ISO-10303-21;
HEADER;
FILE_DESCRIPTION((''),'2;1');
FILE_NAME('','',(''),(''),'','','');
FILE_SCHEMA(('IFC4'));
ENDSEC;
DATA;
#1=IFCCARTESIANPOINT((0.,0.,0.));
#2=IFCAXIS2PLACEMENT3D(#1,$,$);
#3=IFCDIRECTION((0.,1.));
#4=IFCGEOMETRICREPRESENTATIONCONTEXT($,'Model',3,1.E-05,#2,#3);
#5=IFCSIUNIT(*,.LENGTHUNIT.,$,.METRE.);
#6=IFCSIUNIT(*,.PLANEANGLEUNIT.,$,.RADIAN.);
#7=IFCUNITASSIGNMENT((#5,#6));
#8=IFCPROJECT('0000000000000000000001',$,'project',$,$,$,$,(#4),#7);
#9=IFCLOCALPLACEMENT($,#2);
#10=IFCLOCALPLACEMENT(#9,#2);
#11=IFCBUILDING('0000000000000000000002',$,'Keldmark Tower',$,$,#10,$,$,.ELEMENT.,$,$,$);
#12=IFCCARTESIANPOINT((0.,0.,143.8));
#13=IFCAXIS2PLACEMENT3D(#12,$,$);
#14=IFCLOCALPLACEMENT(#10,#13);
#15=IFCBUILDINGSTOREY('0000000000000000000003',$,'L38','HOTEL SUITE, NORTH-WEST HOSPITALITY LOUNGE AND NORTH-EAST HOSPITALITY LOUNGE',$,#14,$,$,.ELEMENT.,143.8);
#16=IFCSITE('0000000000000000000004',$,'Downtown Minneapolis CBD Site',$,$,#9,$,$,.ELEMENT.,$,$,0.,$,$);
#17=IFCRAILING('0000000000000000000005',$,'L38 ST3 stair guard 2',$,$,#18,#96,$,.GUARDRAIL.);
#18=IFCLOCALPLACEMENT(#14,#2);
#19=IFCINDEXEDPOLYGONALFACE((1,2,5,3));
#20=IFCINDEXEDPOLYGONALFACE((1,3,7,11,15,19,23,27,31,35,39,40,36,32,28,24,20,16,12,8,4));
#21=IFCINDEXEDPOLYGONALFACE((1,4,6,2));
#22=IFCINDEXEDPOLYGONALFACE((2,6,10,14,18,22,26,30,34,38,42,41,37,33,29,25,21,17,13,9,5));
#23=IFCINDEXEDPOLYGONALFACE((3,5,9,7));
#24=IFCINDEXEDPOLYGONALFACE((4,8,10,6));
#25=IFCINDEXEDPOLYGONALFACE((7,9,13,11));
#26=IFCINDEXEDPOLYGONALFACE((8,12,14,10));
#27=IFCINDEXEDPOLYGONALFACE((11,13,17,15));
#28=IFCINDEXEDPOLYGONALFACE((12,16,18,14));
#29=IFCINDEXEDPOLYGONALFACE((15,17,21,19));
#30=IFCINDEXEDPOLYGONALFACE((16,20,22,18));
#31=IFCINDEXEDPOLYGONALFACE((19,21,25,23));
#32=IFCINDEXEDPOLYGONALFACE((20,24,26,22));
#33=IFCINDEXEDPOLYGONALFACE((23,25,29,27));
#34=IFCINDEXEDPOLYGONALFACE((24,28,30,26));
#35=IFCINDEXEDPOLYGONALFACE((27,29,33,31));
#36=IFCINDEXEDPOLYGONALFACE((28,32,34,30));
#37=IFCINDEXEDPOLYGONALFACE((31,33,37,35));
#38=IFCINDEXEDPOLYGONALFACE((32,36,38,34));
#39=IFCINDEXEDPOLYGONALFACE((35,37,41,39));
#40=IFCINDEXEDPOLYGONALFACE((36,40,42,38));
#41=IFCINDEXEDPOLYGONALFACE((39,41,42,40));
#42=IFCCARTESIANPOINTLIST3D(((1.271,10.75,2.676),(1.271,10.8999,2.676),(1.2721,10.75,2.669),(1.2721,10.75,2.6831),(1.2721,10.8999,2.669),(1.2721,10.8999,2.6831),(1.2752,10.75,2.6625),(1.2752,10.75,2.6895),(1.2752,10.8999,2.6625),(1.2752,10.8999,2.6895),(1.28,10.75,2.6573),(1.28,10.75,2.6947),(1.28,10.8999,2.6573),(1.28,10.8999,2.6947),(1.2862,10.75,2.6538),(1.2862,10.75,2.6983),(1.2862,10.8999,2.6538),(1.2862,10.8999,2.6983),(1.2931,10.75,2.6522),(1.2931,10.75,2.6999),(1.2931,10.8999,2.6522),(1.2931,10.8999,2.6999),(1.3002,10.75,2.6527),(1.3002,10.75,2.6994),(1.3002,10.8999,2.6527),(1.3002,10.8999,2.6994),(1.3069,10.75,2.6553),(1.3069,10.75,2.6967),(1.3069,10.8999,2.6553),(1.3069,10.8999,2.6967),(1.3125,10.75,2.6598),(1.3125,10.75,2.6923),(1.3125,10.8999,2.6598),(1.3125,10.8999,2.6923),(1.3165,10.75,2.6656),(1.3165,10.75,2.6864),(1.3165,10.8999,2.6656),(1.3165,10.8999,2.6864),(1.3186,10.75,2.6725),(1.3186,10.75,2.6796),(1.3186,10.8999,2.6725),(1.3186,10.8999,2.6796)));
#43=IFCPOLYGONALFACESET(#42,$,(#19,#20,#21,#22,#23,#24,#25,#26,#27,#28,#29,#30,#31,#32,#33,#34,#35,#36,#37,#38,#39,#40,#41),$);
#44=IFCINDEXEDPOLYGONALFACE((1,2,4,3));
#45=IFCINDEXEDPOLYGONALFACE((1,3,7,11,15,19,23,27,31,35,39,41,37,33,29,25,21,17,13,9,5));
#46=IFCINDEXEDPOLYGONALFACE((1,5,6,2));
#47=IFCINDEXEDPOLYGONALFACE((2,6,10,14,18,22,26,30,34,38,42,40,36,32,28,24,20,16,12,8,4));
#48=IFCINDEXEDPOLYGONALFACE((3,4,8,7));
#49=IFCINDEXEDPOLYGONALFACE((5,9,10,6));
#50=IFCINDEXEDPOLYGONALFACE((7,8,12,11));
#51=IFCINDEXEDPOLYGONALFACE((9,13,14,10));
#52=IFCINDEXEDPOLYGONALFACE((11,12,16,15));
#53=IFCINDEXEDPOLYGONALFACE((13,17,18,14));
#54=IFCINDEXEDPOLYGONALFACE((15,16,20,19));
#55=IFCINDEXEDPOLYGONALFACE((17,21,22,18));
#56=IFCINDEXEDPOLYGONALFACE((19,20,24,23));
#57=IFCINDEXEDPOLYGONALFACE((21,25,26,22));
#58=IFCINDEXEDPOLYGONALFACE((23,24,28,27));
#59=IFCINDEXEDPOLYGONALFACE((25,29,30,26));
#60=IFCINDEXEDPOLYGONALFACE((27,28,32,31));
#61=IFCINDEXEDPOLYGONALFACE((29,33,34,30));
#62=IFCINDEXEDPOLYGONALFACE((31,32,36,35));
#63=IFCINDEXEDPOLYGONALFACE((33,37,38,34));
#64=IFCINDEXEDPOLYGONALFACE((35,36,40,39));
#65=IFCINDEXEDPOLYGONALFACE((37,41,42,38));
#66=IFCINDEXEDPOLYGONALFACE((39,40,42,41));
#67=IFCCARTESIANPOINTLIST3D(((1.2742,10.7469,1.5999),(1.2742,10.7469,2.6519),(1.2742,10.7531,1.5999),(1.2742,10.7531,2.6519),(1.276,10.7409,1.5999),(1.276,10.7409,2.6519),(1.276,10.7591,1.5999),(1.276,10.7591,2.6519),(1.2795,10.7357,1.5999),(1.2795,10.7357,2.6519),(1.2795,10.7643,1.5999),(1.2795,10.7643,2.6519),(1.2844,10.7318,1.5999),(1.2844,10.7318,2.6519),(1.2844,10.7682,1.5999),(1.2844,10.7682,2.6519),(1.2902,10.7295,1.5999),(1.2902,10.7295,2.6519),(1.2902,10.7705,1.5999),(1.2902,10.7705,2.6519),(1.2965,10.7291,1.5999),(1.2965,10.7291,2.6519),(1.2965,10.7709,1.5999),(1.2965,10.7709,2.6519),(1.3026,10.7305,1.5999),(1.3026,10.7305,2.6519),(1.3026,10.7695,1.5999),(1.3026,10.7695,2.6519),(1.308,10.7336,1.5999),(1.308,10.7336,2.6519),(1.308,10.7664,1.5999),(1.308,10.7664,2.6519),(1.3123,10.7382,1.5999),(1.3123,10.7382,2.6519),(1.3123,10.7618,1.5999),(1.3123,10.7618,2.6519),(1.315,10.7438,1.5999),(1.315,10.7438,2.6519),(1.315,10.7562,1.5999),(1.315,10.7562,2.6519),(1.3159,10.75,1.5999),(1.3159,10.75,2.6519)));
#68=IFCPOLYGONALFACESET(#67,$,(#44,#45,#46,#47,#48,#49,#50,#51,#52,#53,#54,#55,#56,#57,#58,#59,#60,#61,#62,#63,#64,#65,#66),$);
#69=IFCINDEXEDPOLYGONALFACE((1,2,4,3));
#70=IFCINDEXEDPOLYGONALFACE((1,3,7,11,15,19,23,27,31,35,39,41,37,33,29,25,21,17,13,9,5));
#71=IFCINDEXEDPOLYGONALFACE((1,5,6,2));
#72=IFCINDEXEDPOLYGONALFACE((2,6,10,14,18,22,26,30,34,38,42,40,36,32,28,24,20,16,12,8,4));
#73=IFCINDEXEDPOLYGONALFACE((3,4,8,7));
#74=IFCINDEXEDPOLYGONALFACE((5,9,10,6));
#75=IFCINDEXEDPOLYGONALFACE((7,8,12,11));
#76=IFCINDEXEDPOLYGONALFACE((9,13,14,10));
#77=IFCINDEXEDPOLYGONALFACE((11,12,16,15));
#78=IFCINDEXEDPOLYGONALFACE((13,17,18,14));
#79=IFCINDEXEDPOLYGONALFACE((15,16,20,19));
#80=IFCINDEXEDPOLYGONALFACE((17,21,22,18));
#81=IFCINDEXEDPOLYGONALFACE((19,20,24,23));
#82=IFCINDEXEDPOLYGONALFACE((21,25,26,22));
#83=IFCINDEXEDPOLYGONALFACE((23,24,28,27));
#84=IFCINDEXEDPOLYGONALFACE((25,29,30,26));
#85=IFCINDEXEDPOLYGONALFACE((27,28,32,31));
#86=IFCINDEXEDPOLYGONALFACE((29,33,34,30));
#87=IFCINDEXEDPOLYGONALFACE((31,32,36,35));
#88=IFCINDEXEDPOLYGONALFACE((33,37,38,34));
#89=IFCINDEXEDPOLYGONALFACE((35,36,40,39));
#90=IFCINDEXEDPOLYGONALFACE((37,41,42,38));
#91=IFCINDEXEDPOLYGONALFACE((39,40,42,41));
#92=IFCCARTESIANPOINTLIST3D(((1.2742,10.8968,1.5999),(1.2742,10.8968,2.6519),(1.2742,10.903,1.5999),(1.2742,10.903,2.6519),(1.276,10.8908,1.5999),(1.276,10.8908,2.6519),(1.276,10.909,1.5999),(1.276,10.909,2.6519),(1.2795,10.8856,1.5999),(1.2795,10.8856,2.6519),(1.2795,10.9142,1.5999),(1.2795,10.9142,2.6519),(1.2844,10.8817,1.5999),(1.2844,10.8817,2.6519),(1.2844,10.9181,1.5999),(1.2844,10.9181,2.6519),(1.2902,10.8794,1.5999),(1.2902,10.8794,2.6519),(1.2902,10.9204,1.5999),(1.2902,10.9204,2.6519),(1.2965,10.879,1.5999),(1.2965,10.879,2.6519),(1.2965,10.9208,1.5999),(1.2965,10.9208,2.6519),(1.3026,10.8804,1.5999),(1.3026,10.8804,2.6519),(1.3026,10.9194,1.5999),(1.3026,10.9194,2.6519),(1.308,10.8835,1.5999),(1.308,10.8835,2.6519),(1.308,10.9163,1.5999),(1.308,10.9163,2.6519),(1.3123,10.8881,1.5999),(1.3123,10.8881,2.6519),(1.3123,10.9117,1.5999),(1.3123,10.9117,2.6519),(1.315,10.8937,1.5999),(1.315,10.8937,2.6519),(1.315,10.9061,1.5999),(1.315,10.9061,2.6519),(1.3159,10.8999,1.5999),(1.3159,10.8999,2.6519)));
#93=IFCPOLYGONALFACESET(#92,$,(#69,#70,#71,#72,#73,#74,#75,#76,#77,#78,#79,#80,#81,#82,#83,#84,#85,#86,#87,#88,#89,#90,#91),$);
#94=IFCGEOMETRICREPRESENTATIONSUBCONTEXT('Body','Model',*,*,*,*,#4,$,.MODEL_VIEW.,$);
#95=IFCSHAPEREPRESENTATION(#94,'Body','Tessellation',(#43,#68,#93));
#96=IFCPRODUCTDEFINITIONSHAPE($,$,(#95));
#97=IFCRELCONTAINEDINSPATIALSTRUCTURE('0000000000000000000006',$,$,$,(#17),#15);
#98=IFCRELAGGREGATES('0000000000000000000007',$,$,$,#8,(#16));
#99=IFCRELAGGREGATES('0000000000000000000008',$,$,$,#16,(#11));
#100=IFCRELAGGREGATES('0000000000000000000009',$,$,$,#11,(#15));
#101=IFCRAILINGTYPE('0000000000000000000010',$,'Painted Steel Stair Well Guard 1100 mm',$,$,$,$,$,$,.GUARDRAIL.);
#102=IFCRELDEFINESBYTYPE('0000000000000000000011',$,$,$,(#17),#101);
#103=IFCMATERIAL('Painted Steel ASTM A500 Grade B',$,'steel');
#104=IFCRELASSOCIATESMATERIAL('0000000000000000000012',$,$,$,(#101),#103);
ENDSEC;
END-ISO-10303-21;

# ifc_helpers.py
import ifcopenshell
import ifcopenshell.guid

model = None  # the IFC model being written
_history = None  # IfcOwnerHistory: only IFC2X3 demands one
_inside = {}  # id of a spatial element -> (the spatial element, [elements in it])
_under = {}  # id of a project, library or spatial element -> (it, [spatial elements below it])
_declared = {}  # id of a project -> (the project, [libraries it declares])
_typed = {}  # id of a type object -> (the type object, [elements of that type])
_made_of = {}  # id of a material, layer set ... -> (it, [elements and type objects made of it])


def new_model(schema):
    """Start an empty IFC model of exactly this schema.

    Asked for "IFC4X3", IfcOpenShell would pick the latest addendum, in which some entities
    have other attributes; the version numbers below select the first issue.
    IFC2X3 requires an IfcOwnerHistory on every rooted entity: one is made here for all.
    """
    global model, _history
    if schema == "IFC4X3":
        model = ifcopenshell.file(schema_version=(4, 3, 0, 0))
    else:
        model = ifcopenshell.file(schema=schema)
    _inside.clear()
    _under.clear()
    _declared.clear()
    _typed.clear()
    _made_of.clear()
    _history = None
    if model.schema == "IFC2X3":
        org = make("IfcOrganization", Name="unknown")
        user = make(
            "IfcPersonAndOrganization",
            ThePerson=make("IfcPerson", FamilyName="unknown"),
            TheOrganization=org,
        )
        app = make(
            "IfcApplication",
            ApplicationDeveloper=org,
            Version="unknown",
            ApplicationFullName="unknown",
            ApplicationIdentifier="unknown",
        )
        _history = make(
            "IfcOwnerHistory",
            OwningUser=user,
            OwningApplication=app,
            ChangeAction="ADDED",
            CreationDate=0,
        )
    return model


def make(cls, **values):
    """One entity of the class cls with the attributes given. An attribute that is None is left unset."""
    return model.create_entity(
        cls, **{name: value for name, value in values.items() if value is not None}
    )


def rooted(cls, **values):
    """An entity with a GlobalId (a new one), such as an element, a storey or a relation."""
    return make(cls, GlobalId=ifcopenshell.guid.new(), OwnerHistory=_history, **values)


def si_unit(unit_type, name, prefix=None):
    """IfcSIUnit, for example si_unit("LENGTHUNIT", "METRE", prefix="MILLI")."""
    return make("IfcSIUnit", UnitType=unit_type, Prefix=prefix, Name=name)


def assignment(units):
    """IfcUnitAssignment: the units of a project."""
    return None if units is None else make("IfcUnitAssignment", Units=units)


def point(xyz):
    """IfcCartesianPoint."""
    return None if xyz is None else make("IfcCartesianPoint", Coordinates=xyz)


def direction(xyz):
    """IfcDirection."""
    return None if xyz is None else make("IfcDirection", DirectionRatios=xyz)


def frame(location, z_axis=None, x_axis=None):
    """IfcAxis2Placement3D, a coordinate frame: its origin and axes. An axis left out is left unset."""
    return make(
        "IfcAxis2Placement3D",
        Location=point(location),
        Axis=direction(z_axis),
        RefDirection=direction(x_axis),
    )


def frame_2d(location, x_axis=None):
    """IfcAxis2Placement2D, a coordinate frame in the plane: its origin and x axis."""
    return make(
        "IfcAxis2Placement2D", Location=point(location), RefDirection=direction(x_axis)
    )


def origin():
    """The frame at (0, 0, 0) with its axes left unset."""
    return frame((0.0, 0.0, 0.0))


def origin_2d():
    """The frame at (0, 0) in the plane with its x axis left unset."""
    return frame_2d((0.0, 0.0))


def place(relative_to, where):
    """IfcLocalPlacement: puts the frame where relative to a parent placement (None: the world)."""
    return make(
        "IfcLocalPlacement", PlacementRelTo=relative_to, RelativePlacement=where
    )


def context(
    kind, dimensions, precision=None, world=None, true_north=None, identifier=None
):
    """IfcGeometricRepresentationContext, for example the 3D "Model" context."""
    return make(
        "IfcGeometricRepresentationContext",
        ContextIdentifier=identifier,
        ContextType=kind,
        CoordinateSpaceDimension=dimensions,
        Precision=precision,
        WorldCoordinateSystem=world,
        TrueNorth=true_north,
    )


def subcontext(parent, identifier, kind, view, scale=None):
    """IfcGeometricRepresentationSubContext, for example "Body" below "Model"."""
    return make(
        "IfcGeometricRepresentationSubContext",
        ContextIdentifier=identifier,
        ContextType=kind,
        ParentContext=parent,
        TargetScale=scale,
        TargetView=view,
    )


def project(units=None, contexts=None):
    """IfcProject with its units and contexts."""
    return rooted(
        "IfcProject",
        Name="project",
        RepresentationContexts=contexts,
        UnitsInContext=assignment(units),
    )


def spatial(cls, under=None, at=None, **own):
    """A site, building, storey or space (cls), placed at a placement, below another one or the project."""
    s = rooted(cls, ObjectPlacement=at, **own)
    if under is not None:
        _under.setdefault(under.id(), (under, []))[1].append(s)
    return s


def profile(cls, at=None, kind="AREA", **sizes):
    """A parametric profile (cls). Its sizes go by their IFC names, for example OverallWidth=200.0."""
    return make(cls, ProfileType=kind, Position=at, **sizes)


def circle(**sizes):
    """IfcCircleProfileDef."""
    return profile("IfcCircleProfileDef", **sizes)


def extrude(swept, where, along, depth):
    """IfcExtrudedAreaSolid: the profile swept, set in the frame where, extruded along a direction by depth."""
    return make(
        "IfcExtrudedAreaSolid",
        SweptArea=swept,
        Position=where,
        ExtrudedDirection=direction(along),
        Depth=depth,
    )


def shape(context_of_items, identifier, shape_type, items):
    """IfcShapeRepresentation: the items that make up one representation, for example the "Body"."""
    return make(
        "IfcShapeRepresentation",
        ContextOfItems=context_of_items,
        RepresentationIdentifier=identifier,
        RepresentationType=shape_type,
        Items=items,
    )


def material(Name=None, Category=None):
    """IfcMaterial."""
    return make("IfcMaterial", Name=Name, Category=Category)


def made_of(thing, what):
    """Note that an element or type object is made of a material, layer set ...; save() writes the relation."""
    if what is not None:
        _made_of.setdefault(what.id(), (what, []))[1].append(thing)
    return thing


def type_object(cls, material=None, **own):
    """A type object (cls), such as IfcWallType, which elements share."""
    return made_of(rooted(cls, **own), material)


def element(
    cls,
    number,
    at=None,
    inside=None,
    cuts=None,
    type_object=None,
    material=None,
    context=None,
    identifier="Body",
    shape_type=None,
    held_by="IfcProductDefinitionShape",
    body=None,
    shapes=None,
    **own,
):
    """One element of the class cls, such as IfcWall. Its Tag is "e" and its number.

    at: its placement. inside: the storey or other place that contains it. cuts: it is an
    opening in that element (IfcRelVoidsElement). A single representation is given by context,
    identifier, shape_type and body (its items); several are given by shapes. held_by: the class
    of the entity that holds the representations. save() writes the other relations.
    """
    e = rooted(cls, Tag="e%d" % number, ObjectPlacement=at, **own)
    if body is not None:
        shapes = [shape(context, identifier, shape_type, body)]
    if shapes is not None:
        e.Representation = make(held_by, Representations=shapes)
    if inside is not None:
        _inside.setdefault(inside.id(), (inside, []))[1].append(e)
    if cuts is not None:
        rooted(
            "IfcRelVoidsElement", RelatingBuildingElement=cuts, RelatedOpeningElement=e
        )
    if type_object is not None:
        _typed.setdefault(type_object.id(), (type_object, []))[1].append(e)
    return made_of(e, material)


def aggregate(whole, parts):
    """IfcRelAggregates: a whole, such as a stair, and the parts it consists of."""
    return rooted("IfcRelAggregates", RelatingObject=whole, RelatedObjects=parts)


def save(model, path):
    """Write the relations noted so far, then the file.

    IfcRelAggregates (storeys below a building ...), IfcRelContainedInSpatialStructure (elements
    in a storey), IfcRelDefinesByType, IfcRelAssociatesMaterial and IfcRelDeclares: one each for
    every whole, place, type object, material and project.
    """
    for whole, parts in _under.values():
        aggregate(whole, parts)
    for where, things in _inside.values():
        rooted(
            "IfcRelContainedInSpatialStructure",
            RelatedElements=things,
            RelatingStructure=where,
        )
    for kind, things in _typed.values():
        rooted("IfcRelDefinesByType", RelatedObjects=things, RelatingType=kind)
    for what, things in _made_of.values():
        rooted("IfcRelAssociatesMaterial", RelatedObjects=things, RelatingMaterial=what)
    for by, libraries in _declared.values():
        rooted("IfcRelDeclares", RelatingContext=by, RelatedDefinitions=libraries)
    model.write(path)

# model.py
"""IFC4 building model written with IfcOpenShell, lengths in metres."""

from ifc_helpers import new_model, si_unit, direction, frame, origin, origin_2d, place, context, subcontext, project, spatial, circle, extrude, material, type_object, element, save


model = new_model("IFC4")

# Units and contexts
model_context = context("Model", 3, precision=1e-05, world=origin(), true_north=direction((0.0, 1.0)))
body_context = subcontext(model_context, "Body", "Model", "MODEL_VIEW")
ifc_project = project(units=[si_unit("LENGTHUNIT", "METRE"), si_unit("PLANEANGLEUNIT", "RADIAN")], contexts=[model_context])

# Site, building, storey
site_placement = place(None, origin())
site = spatial("IfcSite", under=ifc_project, at=site_placement, Name="Downtown Minneapolis CBD Site", CompositionType="ELEMENT", RefElevation=0.0)
building_placement = place(site_placement, origin())
building = spatial("IfcBuilding", under=site, at=building_placement, Name="Keldmark Tower", CompositionType="ELEMENT")
storey_placement = place(building_placement, frame((0.0, 0.0, 143.8)))
storey = spatial("IfcBuildingStorey", under=building, at=storey_placement, Name="L38", Description="HOTEL SUITE, NORTH-WEST HOSPITALITY LOUNGE AND NORTH-EAST HOSPITALITY LOUNGE", CompositionType="ELEMENT", Elevation=143.8)

# Railing
ifc_material_1 = material(Name="Painted Steel ASTM A500 Grade B", Category="steel")
railing_type_1 = type_object("IfcRailingType", Name="Painted Steel Stair Well Guard 1100 mm", PredefinedType="GUARDRAIL", material=ifc_material_1)
railing_1_placement = place(storey_placement, frame((1.2949, 10.75, 1.5999)))
element("IfcRailing", 1, at=railing_1_placement, inside=storey, type_object=railing_type_1, Name="L38 ST3 stair guard 2", PredefinedType="GUARDRAIL", context=body_context, shape_type="SweptSolid", body=[
    extrude(circle(Radius=0.0239, at=origin_2d()), frame((0.0, 0.0, 1.0762), z_axis=(0.0, 1.0, 0.0), x_axis=(-1.0, 0.0, 0.0)), (0.0, 0.0, 1.0), 0.1499),
    extrude(circle(Radius=0.021, at=origin_2d()), origin(), (0.0, 0.0, 1.0), 1.052),
    extrude(circle(Radius=0.021, at=origin_2d()), frame((0.0, 0.1499, 0.0)), (0.0, 0.0, 1.0), 1.052),
])

save(model, "model.ifc")
